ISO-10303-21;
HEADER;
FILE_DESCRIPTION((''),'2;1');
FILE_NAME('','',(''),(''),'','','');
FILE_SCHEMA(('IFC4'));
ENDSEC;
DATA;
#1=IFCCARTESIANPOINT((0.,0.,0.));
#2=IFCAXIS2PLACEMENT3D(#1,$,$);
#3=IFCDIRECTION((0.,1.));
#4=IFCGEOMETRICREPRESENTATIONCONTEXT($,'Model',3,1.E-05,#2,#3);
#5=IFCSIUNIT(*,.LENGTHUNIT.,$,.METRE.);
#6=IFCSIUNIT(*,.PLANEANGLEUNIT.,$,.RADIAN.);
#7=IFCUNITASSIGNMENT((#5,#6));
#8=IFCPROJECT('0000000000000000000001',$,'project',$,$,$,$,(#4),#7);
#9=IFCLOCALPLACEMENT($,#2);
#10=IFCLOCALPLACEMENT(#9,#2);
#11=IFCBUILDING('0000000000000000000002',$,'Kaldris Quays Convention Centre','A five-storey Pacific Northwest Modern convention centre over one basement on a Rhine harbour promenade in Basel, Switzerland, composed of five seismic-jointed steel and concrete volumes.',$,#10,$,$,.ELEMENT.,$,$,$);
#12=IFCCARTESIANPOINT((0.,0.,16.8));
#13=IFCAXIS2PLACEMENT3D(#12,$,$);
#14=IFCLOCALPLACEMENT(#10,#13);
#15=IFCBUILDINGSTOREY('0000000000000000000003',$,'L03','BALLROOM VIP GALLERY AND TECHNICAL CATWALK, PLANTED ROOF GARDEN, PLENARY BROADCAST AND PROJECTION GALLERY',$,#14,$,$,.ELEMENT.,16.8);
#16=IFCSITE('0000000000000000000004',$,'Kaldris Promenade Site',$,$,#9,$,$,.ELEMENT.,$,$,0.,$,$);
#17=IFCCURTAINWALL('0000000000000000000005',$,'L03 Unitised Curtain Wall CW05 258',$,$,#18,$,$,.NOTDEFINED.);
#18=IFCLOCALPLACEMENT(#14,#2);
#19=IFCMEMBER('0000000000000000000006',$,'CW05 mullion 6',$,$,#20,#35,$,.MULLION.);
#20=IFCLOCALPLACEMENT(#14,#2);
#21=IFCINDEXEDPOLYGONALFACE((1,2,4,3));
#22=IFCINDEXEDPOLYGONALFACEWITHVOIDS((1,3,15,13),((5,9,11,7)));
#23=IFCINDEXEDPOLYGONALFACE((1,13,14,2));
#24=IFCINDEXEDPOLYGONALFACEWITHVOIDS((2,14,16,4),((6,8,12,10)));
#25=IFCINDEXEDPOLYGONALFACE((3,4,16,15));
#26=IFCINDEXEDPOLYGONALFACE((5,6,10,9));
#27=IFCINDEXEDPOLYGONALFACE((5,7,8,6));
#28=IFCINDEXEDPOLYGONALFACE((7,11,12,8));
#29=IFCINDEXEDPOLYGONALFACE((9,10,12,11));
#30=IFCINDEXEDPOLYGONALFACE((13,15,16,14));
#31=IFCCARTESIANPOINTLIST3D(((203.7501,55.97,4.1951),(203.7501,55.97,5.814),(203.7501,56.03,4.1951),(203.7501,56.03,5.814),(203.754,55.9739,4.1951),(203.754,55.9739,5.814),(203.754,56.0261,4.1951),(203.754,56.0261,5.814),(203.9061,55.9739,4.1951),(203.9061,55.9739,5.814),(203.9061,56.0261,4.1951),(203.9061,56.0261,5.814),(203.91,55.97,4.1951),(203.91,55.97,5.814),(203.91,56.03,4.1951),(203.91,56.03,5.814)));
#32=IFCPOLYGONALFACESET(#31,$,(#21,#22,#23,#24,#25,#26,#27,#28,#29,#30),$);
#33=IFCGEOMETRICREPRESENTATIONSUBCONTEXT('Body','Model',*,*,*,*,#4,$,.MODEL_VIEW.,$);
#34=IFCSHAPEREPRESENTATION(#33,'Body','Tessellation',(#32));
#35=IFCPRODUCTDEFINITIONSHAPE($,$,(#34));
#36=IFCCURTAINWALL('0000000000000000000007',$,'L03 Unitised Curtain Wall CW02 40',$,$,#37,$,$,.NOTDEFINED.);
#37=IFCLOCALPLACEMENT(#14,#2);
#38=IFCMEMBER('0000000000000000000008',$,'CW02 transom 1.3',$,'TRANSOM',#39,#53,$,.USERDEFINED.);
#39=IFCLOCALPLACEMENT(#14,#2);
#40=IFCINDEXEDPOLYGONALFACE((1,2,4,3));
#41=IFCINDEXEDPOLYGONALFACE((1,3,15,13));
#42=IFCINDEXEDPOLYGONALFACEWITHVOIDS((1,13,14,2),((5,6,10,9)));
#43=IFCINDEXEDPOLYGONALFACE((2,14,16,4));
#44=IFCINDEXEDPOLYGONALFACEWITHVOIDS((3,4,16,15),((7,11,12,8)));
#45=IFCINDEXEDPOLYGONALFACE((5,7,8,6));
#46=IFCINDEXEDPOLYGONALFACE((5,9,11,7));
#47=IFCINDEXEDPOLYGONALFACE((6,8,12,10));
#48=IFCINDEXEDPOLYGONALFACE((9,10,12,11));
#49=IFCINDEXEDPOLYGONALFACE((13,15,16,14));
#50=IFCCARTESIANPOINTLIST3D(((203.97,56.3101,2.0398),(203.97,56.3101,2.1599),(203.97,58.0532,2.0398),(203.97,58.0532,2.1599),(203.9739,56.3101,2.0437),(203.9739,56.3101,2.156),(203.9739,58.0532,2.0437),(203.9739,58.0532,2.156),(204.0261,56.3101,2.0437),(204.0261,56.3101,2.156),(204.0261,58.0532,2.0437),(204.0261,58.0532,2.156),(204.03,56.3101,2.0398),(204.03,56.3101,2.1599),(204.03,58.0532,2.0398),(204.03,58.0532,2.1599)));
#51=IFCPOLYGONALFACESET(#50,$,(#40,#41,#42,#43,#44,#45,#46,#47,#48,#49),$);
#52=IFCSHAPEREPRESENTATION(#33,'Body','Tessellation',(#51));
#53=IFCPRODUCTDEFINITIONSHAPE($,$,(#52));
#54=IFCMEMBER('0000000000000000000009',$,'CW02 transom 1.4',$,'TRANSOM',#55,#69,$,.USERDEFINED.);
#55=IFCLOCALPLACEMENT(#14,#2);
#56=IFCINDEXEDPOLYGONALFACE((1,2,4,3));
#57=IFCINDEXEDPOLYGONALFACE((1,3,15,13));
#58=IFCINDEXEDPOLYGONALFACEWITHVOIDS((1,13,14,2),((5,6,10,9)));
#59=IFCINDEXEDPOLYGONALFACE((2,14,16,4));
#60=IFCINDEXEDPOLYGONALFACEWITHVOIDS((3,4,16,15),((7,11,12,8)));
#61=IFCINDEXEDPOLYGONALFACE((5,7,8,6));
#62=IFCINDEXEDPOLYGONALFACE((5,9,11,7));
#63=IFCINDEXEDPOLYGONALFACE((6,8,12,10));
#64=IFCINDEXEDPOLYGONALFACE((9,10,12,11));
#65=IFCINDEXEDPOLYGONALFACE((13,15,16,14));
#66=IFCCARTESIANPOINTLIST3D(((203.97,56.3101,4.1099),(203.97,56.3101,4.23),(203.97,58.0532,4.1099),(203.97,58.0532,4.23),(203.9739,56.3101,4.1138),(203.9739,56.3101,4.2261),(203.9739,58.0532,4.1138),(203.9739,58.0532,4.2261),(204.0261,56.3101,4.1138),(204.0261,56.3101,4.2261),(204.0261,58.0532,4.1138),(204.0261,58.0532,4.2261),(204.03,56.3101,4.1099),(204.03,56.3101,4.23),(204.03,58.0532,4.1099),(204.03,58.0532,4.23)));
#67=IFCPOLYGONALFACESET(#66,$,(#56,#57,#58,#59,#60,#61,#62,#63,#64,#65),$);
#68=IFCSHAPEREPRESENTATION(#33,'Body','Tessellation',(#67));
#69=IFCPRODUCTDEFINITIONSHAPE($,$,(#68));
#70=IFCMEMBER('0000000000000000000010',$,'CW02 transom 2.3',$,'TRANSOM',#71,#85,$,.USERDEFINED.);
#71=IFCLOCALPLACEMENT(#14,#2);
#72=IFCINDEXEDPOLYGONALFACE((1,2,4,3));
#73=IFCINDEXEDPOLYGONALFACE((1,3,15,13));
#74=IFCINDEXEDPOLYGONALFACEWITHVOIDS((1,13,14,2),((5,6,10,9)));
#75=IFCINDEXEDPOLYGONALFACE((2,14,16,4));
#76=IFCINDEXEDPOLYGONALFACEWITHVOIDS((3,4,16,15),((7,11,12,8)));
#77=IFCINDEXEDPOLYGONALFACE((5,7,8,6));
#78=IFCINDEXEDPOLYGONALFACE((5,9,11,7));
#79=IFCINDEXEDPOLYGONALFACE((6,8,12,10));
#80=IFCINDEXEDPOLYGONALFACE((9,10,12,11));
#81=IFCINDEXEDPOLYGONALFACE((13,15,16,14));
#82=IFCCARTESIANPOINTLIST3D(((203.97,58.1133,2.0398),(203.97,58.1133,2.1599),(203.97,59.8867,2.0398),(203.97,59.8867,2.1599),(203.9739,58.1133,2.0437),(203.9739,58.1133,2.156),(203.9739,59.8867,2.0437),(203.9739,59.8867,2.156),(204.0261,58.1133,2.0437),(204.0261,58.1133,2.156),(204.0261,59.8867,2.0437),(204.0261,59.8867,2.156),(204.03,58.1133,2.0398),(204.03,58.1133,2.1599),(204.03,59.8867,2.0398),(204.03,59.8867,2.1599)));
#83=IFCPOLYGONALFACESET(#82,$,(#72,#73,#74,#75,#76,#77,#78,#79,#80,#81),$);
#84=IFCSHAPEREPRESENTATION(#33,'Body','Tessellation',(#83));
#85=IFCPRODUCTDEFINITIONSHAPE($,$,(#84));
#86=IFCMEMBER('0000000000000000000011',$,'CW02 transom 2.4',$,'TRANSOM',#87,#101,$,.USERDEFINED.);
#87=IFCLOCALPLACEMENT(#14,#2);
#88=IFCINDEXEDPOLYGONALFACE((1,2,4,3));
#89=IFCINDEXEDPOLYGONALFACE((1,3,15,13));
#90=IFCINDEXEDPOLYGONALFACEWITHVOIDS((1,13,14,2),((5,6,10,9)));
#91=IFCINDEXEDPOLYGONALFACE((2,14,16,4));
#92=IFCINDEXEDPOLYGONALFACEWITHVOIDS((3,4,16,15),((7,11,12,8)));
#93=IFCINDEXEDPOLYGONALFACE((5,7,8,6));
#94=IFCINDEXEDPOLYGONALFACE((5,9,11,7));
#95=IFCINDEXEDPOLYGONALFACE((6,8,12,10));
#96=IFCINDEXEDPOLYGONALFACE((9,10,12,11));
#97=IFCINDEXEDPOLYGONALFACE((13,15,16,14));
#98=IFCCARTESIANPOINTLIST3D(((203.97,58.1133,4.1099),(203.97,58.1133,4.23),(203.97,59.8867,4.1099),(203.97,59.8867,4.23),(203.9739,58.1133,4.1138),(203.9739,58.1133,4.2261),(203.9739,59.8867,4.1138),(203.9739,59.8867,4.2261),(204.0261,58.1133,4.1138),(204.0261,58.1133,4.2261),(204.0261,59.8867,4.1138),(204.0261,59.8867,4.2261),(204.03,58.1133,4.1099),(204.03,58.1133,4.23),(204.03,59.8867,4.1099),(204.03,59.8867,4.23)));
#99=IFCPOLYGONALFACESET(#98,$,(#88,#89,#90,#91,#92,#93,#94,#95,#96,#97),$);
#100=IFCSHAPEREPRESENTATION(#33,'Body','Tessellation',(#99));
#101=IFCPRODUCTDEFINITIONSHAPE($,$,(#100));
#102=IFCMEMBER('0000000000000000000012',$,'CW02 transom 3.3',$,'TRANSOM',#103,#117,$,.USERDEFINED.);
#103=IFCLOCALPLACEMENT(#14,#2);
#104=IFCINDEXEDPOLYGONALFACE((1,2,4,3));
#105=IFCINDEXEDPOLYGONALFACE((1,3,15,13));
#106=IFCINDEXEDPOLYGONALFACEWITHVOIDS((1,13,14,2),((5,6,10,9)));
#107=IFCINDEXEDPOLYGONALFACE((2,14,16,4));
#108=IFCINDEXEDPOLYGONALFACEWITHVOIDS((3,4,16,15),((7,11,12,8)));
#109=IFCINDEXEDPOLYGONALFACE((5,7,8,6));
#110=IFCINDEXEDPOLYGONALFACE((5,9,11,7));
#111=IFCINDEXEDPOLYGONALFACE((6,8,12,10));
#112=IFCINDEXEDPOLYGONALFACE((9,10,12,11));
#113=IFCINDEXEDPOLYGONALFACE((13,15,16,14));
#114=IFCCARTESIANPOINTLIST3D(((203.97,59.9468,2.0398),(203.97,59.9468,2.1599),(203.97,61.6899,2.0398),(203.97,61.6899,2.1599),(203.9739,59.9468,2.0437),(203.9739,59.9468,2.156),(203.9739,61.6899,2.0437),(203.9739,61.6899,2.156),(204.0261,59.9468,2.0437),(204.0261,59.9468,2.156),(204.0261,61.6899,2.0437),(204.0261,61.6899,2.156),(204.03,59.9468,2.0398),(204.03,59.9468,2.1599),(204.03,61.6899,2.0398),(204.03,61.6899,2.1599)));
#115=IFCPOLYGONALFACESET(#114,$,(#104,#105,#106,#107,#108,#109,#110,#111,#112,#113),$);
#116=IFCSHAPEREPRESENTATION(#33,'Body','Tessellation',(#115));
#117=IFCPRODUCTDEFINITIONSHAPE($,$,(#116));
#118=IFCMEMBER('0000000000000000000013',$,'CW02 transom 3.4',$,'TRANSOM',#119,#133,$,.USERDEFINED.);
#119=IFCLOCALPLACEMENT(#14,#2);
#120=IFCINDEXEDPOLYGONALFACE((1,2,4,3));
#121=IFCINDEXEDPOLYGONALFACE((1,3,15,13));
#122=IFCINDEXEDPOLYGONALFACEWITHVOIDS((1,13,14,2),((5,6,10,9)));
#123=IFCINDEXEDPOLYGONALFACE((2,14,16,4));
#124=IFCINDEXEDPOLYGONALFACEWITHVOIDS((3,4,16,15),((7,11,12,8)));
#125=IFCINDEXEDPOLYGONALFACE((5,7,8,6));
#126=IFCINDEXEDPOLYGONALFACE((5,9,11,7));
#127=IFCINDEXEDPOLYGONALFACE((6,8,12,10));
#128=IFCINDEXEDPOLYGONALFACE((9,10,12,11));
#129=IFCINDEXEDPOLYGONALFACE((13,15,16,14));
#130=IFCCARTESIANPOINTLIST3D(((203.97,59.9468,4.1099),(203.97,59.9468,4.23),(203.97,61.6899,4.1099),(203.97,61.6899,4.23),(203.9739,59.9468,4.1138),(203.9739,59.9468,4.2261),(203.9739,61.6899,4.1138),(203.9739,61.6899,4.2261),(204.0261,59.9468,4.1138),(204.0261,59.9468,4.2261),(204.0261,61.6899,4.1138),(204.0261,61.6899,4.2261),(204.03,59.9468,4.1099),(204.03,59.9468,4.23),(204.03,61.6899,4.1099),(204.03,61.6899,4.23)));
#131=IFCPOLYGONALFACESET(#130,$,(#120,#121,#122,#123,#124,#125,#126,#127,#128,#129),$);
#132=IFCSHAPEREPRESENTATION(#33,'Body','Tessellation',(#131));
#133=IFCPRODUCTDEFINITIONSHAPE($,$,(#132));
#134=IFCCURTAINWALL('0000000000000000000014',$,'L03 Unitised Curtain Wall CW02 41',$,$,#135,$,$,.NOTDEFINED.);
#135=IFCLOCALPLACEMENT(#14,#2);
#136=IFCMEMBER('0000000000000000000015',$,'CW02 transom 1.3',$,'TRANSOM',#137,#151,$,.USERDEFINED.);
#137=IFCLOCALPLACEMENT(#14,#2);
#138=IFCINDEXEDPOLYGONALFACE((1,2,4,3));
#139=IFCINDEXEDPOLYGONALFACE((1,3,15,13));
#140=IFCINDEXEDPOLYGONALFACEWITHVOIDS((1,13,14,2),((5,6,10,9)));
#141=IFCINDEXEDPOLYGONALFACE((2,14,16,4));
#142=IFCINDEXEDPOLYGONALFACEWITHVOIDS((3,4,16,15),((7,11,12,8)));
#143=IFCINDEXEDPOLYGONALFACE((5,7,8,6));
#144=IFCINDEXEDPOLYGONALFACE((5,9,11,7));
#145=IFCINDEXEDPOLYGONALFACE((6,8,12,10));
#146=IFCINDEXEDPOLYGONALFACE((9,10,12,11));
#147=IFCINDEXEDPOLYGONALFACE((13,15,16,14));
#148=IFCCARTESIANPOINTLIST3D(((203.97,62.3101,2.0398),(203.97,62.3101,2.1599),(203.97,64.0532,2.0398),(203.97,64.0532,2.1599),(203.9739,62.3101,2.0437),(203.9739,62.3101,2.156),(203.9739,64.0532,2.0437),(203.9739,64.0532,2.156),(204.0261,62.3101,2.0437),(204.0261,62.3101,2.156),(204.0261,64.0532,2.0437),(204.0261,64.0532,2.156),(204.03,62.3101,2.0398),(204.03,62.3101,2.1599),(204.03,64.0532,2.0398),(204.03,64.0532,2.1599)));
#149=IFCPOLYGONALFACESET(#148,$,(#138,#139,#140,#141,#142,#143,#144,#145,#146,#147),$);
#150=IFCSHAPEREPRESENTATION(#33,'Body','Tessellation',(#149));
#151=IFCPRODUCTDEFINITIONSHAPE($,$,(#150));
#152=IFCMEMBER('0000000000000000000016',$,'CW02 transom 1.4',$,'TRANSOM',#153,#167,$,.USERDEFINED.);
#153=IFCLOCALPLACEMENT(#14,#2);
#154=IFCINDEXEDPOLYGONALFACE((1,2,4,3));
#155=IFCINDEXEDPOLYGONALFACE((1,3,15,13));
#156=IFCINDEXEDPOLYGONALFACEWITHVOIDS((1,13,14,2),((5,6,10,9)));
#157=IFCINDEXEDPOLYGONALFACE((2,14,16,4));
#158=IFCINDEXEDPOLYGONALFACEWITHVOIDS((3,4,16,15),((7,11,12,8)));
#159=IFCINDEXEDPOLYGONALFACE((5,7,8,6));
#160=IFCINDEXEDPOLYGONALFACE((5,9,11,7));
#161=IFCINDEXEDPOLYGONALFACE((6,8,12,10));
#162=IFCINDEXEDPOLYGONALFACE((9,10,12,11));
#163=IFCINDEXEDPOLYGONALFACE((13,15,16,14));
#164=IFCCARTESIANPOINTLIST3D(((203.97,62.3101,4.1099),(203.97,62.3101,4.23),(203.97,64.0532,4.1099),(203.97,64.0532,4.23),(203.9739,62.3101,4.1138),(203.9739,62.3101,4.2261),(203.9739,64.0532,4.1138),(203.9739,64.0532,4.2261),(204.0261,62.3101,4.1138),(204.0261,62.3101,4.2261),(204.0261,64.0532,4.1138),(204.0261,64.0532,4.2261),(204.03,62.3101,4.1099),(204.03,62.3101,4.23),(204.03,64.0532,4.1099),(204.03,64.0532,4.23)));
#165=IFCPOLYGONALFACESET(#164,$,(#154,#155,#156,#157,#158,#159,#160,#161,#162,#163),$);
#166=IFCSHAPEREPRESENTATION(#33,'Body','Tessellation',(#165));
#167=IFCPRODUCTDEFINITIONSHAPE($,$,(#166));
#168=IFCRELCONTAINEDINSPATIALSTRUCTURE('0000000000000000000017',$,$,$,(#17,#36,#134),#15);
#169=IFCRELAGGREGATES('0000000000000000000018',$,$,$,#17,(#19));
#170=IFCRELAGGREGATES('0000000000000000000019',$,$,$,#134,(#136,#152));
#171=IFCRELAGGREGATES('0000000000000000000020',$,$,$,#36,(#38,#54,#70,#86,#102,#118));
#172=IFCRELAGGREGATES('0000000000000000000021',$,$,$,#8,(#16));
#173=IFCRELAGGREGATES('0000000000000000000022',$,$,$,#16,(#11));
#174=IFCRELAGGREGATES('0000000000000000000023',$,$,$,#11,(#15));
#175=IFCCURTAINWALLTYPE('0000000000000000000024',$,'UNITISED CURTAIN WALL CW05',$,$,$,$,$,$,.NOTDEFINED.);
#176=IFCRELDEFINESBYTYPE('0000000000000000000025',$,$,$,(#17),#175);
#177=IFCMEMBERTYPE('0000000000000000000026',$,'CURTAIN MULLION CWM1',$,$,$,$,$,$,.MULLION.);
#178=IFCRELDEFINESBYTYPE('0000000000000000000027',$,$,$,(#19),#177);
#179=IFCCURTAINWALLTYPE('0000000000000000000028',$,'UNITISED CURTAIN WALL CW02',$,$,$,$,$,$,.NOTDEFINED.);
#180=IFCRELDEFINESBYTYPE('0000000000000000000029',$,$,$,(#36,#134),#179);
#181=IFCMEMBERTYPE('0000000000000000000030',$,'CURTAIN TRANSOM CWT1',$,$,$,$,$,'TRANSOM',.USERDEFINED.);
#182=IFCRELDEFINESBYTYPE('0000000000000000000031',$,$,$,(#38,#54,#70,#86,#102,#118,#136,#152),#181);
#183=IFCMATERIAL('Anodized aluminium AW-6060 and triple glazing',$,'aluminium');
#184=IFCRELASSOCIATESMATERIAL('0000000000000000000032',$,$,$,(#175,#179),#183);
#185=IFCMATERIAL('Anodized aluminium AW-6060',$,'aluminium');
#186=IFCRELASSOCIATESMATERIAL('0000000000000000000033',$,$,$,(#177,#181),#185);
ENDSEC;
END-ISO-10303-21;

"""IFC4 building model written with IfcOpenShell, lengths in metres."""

from ifc_helpers import new_model, si_unit, direction, frame, origin, origin_2d, place, context, subcontext, project, spatial, hollow_rectangle, extrude, material, material_profile, profile_set, type_object, element, aggregate, save


model = new_model("IFC4")

# Units and contexts
model_context = context("Model", 3, precision=1e-05, world=origin(), true_north=direction((0.0, 1.0)))
body_context = subcontext(model_context, "Body", "Model", "MODEL_VIEW")
ifc_project = project(units=[si_unit("LENGTHUNIT", "METRE"), si_unit("PLANEANGLEUNIT", "RADIAN")], contexts=[model_context])

# Site, building, storey
site_placement = place(None, origin())
site = spatial("IfcSite", under=ifc_project, at=site_placement, Name="Kaldris Promenade Site", CompositionType="ELEMENT", RefElevation=0.0)
building_placement = place(site_placement, origin())
building = spatial("IfcBuilding", under=site, at=building_placement, Name="Kaldris Quays Convention Centre", Description="A five-storey Pacific Northwest Modern convention centre over one basement on a Rhine harbour promenade in Basel, Switzerland, composed of five seismic-jointed steel and concrete volumes.", CompositionType="ELEMENT")
storey_placement = place(building_placement, frame((0.0, 0.0, 16.8)))
storey = spatial("IfcBuildingStorey", under=building, at=storey_placement, Name="L03", Description="BALLROOM VIP GALLERY AND TECHNICAL CATWALK, PLANTED ROOF GARDEN, PLENARY BROADCAST AND PROJECTION GALLERY", CompositionType="ELEMENT", Elevation=16.8)

# Curtain wall, member
ifc_material_1 = material(Name="Anodized aluminium AW-6060 and triple glazing", Category="aluminium")
curtain_wall_type_1 = type_object("IfcCurtainWallType", Name="UNITISED CURTAIN WALL CW05", PredefinedType="NOTDEFINED", material=ifc_material_1)
curtain_wall_1_placement = place(storey_placement, origin())
curtain_wall_1 = element("IfcCurtainWall", 1, at=curtain_wall_1_placement, inside=storey, type_object=curtain_wall_type_1, Name="L03 Unitised Curtain Wall CW05 258", PredefinedType="NOTDEFINED")
ifc_material_2 = material(Name="Anodized aluminium AW-6060", Category="aluminium")
ifc_material_profile_1 = material_profile(ifc_material_2, hollow_rectangle(XDim=0.0601, YDim=0.1599, WallThickness=0.0039, at=origin_2d()), Name="RHS 160x60x4")
ifc_profile_set_1 = profile_set([ifc_material_profile_1], Name="Anodized aluminium AW-6060")
member_type_1 = type_object("IfcMemberType", Name="CURTAIN MULLION CWM1", PredefinedType="MULLION", material=ifc_profile_set_1)
member_1_placement = place(storey_placement, frame((203.8301, 56.0, 4.1951), z_axis=(0.0, 0.0, 1.0), x_axis=(0.0, 1.0, 0.0)))
member_1 = element("IfcMember", 2, at=member_1_placement, type_object=member_type_1, Name="CW05 mullion 6", PredefinedType="MULLION", context=body_context, shape_type="SweptSolid", body=[
    extrude(hollow_rectangle(XDim=0.0601, YDim=0.1599, WallThickness=0.0039, at=origin_2d()), origin(), (0.0, 0.0, 1.0), 1.6189),
])
aggregate(curtain_wall_1, [member_1])

# Curtain walls, members
curtain_wall_type_2 = type_object("IfcCurtainWallType", Name="UNITISED CURTAIN WALL CW02", PredefinedType="NOTDEFINED", material=ifc_material_1)
curtain_wall_2_placement = place(storey_placement, origin())
curtain_wall_2 = element("IfcCurtainWall", 3, at=curtain_wall_2_placement, inside=storey, type_object=curtain_wall_type_2, Name="L03 Unitised Curtain Wall CW02 40", PredefinedType="NOTDEFINED")
ifc_material_profile_2 = material_profile(ifc_material_2, hollow_rectangle(XDim=0.0601, YDim=0.1201, WallThickness=0.0039, at=origin_2d()), Name="RHS 120x60x4")
ifc_profile_set_2 = profile_set([ifc_material_profile_2], Name="Anodized aluminium AW-6060")
member_type_2 = type_object("IfcMemberType", Name="CURTAIN TRANSOM CWT1", ElementType="TRANSOM", PredefinedType="USERDEFINED", material=ifc_profile_set_2)
member_2_placement = place(storey_placement, frame((204.0, 56.3101, 2.0999), z_axis=(0.0, 1.0, 0.0), x_axis=(-1.0, 0.0, 0.0)))
member_2 = element("IfcMember", 4, at=member_2_placement, type_object=member_type_2, Name="CW02 transom 1.3", ObjectType="TRANSOM", PredefinedType="USERDEFINED", context=body_context, shape_type="SweptSolid", body=[
    extrude(hollow_rectangle(XDim=0.0601, YDim=0.1201, WallThickness=0.0039, at=origin_2d()), origin(), (0.0, 0.0, 1.0), 1.7432),
])
member_3_placement = place(storey_placement, frame((204.0, 56.3101, 4.1699), z_axis=(0.0, 1.0, 0.0), x_axis=(-1.0, 0.0, 0.0)))
member_3 = element("IfcMember", 5, at=member_3_placement, type_object=member_type_2, Name="CW02 transom 1.4", ObjectType="TRANSOM", PredefinedType="USERDEFINED", context=body_context, shape_type="SweptSolid", body=[
    extrude(hollow_rectangle(XDim=0.0601, YDim=0.1201, WallThickness=0.0039, at=origin_2d()), origin(), (0.0, 0.0, 1.0), 1.7432),
])
member_4_placement = place(storey_placement, frame((204.0, 58.1133, 2.0999), z_axis=(0.0, 1.0, 0.0), x_axis=(-1.0, 0.0, 0.0)))
member_4 = element("IfcMember", 6, at=member_4_placement, type_object=member_type_2, Name="CW02 transom 2.3", ObjectType="TRANSOM", PredefinedType="USERDEFINED", context=body_context, shape_type="SweptSolid", body=[
    extrude(hollow_rectangle(XDim=0.0601, YDim=0.1201, WallThickness=0.0039, at=origin_2d()), origin(), (0.0, 0.0, 1.0), 1.7734),
])
member_5_placement = place(storey_placement, frame((204.0, 58.1133, 4.1699), z_axis=(0.0, 1.0, 0.0), x_axis=(-1.0, 0.0, 0.0)))
member_5 = element("IfcMember", 7, at=member_5_placement, type_object=member_type_2, Name="CW02 transom 2.4", ObjectType="TRANSOM", PredefinedType="USERDEFINED", context=body_context, shape_type="SweptSolid", body=[
    extrude(hollow_rectangle(XDim=0.0601, YDim=0.1201, WallThickness=0.0039, at=origin_2d()), origin(), (0.0, 0.0, 1.0), 1.7734),
])
member_6_placement = place(storey_placement, frame((204.0, 59.9468, 2.0999), z_axis=(0.0, 1.0, 0.0), x_axis=(-1.0, 0.0, 0.0)))
member_6 = element("IfcMember", 8, at=member_6_placement, type_object=member_type_2, Name="CW02 transom 3.3", ObjectType="TRANSOM", PredefinedType="USERDEFINED", context=body_context, shape_type="SweptSolid", body=[
    extrude(hollow_rectangle(XDim=0.0601, YDim=0.1201, WallThickness=0.0039, at=origin_2d()), origin(), (0.0, 0.0, 1.0), 1.7432),
])
member_7_placement = place(storey_placement, frame((204.0, 59.9468, 4.1699), z_axis=(0.0, 1.0, 0.0), x_axis=(-1.0, 0.0, 0.0)))
member_7 = element("IfcMember", 9, at=member_7_placement, type_object=member_type_2, Name="CW02 transom 3.4", ObjectType="TRANSOM", PredefinedType="USERDEFINED", context=body_context, shape_type="SweptSolid", body=[
    extrude(hollow_rectangle(XDim=0.0601, YDim=0.1201, WallThickness=0.0039, at=origin_2d()), origin(), (0.0, 0.0, 1.0), 1.7432),
])
curtain_wall_3_placement = place(storey_placement, origin())
curtain_wall_3 = element("IfcCurtainWall", 10, at=curtain_wall_3_placement, inside=storey, type_object=curtain_wall_type_2, Name="L03 Unitised Curtain Wall CW02 41", PredefinedType="NOTDEFINED")
member_8_placement = place(storey_placement, frame((204.0, 62.3101, 2.0999), z_axis=(0.0, 1.0, 0.0), x_axis=(-1.0, 0.0, 0.0)))
member_8 = element("IfcMember", 11, at=member_8_placement, type_object=member_type_2, Name="CW02 transom 1.3", ObjectType="TRANSOM", PredefinedType="USERDEFINED", context=body_context, shape_type="SweptSolid", body=[
    extrude(hollow_rectangle(XDim=0.0601, YDim=0.1201, WallThickness=0.0039, at=origin_2d()), origin(), (0.0, 0.0, 1.0), 1.7432),
])
member_9_placement = place(storey_placement, frame((204.0, 62.3101, 4.1699), z_axis=(0.0, 1.0, 0.0), x_axis=(-1.0, 0.0, 0.0)))
member_9 = element("IfcMember", 12, at=member_9_placement, type_object=member_type_2, Name="CW02 transom 1.4", ObjectType="TRANSOM", PredefinedType="USERDEFINED", context=body_context, shape_type="SweptSolid", body=[
    extrude(hollow_rectangle(XDim=0.0601, YDim=0.1201, WallThickness=0.0039, at=origin_2d()), origin(), (0.0, 0.0, 1.0), 1.7432),
])
aggregate(curtain_wall_3, [member_8, member_9])

aggregate(curtain_wall_2, [member_2, member_3, member_4, member_5, member_6, member_7])

save(model, "model.ifc")
